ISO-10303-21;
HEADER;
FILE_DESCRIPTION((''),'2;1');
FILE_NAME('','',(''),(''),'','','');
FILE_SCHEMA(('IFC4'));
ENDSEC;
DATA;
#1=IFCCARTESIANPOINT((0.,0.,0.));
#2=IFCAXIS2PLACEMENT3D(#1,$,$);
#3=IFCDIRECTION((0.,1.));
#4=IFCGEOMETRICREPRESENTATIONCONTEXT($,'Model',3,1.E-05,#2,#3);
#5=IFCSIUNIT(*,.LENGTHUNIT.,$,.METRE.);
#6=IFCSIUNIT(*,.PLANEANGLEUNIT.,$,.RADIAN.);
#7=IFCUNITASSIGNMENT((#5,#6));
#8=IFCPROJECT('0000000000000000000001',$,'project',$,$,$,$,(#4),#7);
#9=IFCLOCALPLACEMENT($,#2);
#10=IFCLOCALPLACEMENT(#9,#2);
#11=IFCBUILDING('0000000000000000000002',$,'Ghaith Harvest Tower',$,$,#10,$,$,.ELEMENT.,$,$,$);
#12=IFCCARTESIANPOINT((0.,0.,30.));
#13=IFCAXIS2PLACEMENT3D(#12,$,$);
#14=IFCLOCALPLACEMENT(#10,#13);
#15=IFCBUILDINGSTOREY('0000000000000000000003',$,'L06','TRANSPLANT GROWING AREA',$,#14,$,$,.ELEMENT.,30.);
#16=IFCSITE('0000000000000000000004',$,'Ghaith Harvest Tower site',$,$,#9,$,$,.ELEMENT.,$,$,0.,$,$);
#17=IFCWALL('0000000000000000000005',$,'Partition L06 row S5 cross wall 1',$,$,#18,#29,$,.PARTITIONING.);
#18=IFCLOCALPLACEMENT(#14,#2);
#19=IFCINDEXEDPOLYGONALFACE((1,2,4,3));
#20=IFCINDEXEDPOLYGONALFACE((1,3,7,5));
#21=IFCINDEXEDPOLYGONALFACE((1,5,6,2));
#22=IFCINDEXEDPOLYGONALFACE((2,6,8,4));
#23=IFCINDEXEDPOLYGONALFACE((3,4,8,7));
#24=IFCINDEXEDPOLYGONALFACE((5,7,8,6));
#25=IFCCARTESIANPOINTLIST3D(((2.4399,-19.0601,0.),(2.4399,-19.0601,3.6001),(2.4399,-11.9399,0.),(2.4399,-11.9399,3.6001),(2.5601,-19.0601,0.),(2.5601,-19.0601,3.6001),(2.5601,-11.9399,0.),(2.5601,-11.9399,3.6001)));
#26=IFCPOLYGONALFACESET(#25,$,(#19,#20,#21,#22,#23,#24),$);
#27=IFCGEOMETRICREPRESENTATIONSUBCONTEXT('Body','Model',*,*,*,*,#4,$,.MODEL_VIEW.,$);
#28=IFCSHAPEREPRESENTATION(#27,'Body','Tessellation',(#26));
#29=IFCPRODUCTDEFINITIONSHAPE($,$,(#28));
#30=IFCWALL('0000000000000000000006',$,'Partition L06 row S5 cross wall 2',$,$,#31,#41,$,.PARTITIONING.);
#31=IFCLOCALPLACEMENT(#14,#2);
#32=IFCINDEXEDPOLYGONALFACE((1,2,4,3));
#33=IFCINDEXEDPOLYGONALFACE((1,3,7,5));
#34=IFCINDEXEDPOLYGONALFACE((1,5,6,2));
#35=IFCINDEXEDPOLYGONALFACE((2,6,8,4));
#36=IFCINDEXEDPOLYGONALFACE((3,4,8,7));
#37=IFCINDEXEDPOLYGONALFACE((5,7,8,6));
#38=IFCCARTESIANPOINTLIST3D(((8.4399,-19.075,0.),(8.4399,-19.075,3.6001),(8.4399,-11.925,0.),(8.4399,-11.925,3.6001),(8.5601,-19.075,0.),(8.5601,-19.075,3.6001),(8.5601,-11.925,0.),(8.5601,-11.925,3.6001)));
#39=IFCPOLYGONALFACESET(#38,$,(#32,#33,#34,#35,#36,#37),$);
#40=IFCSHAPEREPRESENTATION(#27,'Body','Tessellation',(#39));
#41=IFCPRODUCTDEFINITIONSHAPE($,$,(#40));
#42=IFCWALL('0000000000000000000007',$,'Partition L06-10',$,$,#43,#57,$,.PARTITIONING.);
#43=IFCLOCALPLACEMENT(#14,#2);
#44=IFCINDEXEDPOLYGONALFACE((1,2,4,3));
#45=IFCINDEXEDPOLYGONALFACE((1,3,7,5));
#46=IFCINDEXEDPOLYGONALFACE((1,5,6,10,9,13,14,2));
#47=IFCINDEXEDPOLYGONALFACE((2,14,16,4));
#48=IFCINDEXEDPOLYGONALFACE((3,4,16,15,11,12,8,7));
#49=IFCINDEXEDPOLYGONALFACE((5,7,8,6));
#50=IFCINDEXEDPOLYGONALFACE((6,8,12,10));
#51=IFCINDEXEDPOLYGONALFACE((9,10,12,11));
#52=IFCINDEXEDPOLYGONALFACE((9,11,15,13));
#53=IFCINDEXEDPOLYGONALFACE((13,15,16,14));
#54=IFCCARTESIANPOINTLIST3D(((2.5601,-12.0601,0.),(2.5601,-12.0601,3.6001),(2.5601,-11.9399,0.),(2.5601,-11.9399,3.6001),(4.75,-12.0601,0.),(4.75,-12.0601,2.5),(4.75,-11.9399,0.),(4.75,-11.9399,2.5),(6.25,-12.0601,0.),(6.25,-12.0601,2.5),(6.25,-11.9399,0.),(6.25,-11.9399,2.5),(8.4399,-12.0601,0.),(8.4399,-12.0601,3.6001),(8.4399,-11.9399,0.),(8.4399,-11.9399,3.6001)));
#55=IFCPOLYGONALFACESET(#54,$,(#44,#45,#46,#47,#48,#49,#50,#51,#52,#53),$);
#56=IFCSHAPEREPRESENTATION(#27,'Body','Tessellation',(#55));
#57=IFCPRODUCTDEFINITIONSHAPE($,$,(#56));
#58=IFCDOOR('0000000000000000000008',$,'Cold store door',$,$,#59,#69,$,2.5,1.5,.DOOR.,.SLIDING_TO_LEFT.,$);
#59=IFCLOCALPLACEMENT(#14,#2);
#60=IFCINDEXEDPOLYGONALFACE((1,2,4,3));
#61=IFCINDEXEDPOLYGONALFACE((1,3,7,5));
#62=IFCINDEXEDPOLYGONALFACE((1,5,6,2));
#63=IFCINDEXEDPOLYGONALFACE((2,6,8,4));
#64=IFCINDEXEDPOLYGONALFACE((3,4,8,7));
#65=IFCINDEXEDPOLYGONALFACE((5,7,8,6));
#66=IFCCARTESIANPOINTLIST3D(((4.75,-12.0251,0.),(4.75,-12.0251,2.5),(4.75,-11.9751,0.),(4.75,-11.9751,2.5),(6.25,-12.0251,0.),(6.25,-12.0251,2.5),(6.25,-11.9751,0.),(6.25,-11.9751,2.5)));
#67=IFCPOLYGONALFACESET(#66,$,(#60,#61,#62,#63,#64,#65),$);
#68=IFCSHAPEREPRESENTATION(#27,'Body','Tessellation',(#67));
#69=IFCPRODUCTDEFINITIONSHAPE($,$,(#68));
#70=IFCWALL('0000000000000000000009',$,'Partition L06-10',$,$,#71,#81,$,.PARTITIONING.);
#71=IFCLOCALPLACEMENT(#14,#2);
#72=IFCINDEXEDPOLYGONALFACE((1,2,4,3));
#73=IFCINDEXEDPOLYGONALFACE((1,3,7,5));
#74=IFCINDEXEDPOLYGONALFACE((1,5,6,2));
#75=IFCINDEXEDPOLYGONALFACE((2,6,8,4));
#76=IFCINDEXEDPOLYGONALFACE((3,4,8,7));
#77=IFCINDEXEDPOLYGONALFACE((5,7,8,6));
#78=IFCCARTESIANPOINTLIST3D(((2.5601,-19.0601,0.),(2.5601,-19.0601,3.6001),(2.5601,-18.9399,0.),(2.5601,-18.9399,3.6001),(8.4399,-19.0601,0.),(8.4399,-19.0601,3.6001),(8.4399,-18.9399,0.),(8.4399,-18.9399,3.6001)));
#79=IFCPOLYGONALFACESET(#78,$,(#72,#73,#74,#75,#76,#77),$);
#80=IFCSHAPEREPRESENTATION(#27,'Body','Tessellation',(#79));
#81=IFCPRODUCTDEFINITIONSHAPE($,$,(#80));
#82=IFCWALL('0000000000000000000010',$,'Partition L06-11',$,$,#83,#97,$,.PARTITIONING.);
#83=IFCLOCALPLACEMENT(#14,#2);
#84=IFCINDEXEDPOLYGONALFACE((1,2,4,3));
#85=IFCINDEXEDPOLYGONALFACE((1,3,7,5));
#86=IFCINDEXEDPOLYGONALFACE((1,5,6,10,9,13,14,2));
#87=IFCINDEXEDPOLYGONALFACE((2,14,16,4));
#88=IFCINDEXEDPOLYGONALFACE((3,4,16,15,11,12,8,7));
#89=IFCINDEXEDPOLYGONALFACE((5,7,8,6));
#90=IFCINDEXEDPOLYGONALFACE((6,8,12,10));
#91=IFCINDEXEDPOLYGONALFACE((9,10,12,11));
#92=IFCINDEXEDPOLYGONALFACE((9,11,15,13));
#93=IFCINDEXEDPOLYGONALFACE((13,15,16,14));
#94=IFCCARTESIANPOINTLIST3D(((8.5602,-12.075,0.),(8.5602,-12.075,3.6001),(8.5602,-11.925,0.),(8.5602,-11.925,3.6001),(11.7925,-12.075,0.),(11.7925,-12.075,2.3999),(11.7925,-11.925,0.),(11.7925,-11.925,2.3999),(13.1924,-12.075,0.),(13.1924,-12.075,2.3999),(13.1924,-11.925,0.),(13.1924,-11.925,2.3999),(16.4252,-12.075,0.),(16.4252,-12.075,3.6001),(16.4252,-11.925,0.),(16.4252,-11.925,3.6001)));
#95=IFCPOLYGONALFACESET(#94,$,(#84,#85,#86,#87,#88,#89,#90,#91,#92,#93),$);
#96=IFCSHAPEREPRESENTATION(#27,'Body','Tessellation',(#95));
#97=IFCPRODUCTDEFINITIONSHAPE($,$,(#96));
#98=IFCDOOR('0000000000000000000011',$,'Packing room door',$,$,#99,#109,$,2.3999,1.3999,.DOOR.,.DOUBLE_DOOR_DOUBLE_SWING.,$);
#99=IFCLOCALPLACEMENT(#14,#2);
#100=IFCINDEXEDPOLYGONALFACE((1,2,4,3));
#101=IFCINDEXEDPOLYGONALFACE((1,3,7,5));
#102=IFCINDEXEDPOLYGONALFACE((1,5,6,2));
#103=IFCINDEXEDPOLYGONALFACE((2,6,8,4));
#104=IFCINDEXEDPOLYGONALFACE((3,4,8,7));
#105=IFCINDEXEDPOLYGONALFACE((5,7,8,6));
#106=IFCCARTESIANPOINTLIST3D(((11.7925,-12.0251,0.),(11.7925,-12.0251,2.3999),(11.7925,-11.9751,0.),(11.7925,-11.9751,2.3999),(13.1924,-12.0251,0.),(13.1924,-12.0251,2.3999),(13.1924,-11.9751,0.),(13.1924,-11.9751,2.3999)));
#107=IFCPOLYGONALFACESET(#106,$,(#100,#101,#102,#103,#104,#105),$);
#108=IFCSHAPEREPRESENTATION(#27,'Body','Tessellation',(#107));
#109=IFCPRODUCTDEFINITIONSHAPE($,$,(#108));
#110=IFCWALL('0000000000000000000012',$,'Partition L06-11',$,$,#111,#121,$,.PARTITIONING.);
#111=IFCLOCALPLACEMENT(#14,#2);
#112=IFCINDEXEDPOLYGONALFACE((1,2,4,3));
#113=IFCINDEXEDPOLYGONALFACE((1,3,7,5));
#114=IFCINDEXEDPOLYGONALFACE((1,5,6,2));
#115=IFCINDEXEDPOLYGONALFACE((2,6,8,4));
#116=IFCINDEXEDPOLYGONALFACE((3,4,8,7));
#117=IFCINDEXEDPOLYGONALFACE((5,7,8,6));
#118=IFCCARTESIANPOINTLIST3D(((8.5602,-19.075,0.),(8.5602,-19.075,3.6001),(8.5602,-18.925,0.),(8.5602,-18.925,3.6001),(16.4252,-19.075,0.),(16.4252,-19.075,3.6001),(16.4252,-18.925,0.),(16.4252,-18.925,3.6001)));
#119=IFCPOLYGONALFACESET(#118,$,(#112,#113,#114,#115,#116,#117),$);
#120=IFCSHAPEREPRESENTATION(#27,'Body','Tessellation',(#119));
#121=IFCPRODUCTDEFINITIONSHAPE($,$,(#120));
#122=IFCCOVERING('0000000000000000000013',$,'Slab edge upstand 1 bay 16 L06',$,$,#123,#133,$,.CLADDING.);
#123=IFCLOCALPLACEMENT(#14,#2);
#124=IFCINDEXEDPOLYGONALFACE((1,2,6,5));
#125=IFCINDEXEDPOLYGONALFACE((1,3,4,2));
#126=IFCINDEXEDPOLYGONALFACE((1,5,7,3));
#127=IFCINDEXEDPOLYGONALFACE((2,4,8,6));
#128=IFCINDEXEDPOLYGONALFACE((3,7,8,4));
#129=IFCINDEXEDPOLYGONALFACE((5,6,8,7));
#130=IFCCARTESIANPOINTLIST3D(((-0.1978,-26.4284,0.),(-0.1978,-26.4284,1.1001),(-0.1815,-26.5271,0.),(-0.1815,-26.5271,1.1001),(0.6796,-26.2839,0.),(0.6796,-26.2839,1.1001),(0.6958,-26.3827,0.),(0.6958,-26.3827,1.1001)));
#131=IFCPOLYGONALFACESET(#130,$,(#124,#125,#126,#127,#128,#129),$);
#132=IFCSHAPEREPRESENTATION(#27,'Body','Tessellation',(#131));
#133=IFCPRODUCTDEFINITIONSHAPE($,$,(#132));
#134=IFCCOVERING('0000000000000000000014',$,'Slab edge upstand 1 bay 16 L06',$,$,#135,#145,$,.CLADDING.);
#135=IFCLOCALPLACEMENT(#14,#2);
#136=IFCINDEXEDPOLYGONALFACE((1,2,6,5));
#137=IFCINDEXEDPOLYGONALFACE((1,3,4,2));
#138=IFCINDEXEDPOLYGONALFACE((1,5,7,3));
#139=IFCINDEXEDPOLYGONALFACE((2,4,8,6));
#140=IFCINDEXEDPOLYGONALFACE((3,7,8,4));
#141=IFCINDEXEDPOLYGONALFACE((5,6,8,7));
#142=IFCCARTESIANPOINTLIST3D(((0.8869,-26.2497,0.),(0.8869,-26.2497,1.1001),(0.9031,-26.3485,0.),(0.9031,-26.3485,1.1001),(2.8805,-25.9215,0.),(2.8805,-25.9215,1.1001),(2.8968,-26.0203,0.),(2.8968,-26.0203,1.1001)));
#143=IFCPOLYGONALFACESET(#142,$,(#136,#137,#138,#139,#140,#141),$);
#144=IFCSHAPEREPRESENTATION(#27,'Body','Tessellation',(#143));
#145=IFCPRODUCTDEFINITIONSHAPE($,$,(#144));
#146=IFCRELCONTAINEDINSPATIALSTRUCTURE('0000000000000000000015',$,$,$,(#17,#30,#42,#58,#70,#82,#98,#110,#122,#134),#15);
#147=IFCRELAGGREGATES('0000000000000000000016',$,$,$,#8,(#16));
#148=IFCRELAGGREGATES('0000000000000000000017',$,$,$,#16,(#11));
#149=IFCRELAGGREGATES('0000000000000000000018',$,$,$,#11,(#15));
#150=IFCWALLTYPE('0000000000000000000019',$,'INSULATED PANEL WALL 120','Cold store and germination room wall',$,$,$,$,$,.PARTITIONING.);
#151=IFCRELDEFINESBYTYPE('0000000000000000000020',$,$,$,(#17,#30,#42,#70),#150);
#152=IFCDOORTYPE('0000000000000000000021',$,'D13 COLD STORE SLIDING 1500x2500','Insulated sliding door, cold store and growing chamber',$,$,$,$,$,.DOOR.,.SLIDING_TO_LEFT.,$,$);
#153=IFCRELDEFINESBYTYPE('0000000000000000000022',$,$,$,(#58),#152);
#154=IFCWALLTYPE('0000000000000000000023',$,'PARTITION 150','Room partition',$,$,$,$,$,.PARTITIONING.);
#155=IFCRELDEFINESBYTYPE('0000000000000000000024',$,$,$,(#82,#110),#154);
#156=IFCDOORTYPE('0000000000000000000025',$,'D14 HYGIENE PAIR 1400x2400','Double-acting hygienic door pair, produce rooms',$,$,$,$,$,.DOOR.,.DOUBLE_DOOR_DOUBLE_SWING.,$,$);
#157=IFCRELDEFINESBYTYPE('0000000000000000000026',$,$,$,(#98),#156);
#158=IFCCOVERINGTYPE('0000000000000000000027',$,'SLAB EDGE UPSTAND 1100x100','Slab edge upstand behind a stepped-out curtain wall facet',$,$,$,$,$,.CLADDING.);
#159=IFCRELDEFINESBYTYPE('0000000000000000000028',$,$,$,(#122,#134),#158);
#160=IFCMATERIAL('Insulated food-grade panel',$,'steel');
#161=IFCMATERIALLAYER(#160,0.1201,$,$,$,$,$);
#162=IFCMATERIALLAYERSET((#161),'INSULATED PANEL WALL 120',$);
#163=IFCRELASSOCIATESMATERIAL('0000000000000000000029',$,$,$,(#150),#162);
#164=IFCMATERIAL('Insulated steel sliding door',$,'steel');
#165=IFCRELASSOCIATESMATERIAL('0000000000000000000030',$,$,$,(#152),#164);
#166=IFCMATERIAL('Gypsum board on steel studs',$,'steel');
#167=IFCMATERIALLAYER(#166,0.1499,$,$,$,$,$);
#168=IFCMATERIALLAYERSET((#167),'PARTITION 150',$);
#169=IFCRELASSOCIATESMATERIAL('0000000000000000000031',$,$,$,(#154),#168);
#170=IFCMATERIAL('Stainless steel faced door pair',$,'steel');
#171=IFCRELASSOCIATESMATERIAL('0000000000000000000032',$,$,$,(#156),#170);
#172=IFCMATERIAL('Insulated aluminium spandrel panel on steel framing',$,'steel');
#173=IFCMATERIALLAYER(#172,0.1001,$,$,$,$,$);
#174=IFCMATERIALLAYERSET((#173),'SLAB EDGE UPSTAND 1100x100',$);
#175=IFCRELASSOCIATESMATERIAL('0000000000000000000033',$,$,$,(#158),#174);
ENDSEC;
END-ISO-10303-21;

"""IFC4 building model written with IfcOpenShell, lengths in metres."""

from ifc_helpers import new_model, si_unit, direction, frame, frame_2d, origin, origin_2d, place, context, subcontext, project, spatial, rectangle, extrude, material, layer, layer_set, type_object, element, fill, save


model = new_model("IFC4")

# Units and contexts
model_context = context("Model", 3, precision=1e-05, world=origin(), true_north=direction((0.0, 1.0)))
body_context = subcontext(model_context, "Body", "Model", "MODEL_VIEW")
ifc_project = project(units=[si_unit("LENGTHUNIT", "METRE"), si_unit("PLANEANGLEUNIT", "RADIAN")], contexts=[model_context])

# Site, building, storey
site_placement = place(None, origin())
site = spatial("IfcSite", under=ifc_project, at=site_placement, Name="Ghaith Harvest Tower site", CompositionType="ELEMENT", RefElevation=0.0)
building_placement = place(site_placement, origin())
building = spatial("IfcBuilding", under=site, at=building_placement, Name="Ghaith Harvest Tower", CompositionType="ELEMENT")
storey_placement = place(building_placement, frame((0.0, 0.0, 30.0)))
storey = spatial("IfcBuildingStorey", under=building, at=storey_placement, Name="L06", Description="TRANSPLANT GROWING AREA", CompositionType="ELEMENT", Elevation=30.0)

# Walls
ifc_material_1 = material(Name="Insulated food-grade panel", Category="steel")
ifc_layer_1 = layer(ifc_material_1, 0.1201)
ifc_layer_set_1 = layer_set([ifc_layer_1], Name="INSULATED PANEL WALL 120")
wall_type_1 = type_object("IfcWallType", Name="INSULATED PANEL WALL 120", Description="Cold store and germination room wall", PredefinedType="PARTITIONING", material=ifc_layer_set_1)
wall_1_placement = place(storey_placement, frame((2.5, -11.9399, 0.0), z_axis=(0.0, 0.0, 1.0), x_axis=(0.0, -1.0, 0.0)))
element("IfcWall", 1, at=wall_1_placement, inside=storey, type_object=wall_type_1, Name="Partition L06 row S5 cross wall 1", PredefinedType="PARTITIONING", context=body_context, shape_type="SweptSolid", body=[
    extrude(rectangle(XDim=7.1201, YDim=0.1201, at=frame_2d((3.5601, 0.0))), origin(), (0.0, 0.0, 1.0), 3.6001),
])
wall_2_placement = place(storey_placement, frame((8.5, -11.925, 0.0), z_axis=(0.0, 0.0, 1.0), x_axis=(0.0, -1.0, 0.0)))
element("IfcWall", 2, at=wall_2_placement, inside=storey, type_object=wall_type_1, Name="Partition L06 row S5 cross wall 2", PredefinedType="PARTITIONING", context=body_context, shape_type="SweptSolid", body=[
    extrude(rectangle(XDim=7.1499, YDim=0.1201, at=frame_2d((3.575, 0.0))), origin(), (0.0, 0.0, 1.0), 3.6001),
])

# Wall, opening, door
wall_3_placement = place(storey_placement, frame((2.5601, -12.0, 0.0), z_axis=(0.0, 0.0, 1.0), x_axis=(1.0, 0.0, 0.0)))
wall_3 = element("IfcWall", 3, at=wall_3_placement, inside=storey, type_object=wall_type_1, Name="Partition L06-10", PredefinedType="PARTITIONING", context=body_context, shape_type="SweptSolid", body=[
    extrude(rectangle(XDim=5.8799, YDim=0.1201, at=frame_2d((2.9399, 0.0))), origin(), (0.0, 0.0, 1.0), 3.6001),
])
opening_1_placement = place(wall_3_placement, frame((2.1899, 0.0, 0.0)))
opening_1 = element("IfcOpeningElement", 4, at=opening_1_placement, cuts=wall_3, PredefinedType="OPENING", context=body_context, shape_type="SweptSolid", body=[
    extrude(rectangle(XDim=1.5, YDim=2.5, at=frame_2d((0.75, 1.25))), frame((0.0, 0.0701, 0.0), z_axis=(0.0, -1.0, 0.0), x_axis=(1.0, 0.0, 0.0)), (0.0, 0.0, 1.0), 0.1401),
])
ifc_material_2 = material(Name="Insulated steel sliding door", Category="steel")
door_type_1 = type_object("IfcDoorType", Name="D13 COLD STORE SLIDING 1500x2500", Description="Insulated sliding door, cold store and growing chamber", OperationType="SLIDING_TO_LEFT", PredefinedType="DOOR", material=ifc_material_2)
door_1_placement = place(opening_1_placement, origin())
door_1 = element("IfcDoor", 5, at=door_1_placement, inside=storey, type_object=door_type_1, Name="Cold store door", OperationType="SLIDING_TO_LEFT", OverallHeight=2.5, OverallWidth=1.5, PredefinedType="DOOR", context=body_context, shape_type="SweptSolid", body=[
    extrude(rectangle(XDim=1.5, YDim=2.5, at=frame_2d((0.75, 1.25))), frame((0.0, 0.0249, 0.0), z_axis=(0.0, -1.0, 0.0), x_axis=(1.0, 0.0, 0.0)), (0.0, 0.0, 1.0), 0.05),
])
fill(opening_1, door_1)

# Wall
wall_4_placement = place(storey_placement, frame((2.5601, -19.0, 0.0), z_axis=(0.0, 0.0, 1.0), x_axis=(1.0, 0.0, 0.0)))
element("IfcWall", 6, at=wall_4_placement, inside=storey, type_object=wall_type_1, Name="Partition L06-10", PredefinedType="PARTITIONING", context=body_context, shape_type="SweptSolid", body=[
    extrude(rectangle(XDim=5.8799, YDim=0.1201, at=frame_2d((2.9399, 0.0))), origin(), (0.0, 0.0, 1.0), 3.6001),
])

# Wall, opening, door
ifc_material_3 = material(Name="Gypsum board on steel studs", Category="steel")
ifc_layer_2 = layer(ifc_material_3, 0.1499)
ifc_layer_set_2 = layer_set([ifc_layer_2], Name="PARTITION 150")
wall_type_2 = type_object("IfcWallType", Name="PARTITION 150", Description="Room partition", PredefinedType="PARTITIONING", material=ifc_layer_set_2)
wall_5_placement = place(storey_placement, frame((8.5601, -12.0, 0.0), z_axis=(0.0, 0.0, 1.0), x_axis=(1.0, 0.0, 0.0)))
wall_5 = element("IfcWall", 7, at=wall_5_placement, inside=storey, type_object=wall_type_2, Name="Partition L06-11", PredefinedType="PARTITIONING", context=body_context, shape_type="SweptSolid", body=[
    extrude(rectangle(XDim=7.865, YDim=0.1499, at=frame_2d((3.9326, 0.0))), origin(), (0.0, 0.0, 1.0), 3.6001),
])
opening_2_placement = place(wall_5_placement, frame((3.2324, 0.0, 0.0)))
opening_2 = element("IfcOpeningElement", 8, at=opening_2_placement, cuts=wall_5, PredefinedType="OPENING", context=body_context, shape_type="SweptSolid", body=[
    extrude(rectangle(XDim=1.3999, YDim=2.3999, at=frame_2d((0.7, 1.2))), frame((0.0, 0.085, 0.0), z_axis=(0.0, -1.0, 0.0), x_axis=(1.0, 0.0, 0.0)), (0.0, 0.0, 1.0), 0.1699),
])
ifc_material_4 = material(Name="Stainless steel faced door pair", Category="steel")
door_type_2 = type_object("IfcDoorType", Name="D14 HYGIENE PAIR 1400x2400", Description="Double-acting hygienic door pair, produce rooms", OperationType="DOUBLE_DOOR_DOUBLE_SWING", PredefinedType="DOOR", material=ifc_material_4)
door_2_placement = place(opening_2_placement, origin())
door_2 = element("IfcDoor", 9, at=door_2_placement, inside=storey, type_object=door_type_2, Name="Packing room door", OperationType="DOUBLE_DOOR_DOUBLE_SWING", OverallHeight=2.3999, OverallWidth=1.3999, PredefinedType="DOOR", context=body_context, shape_type="SweptSolid", body=[
    extrude(rectangle(XDim=1.3999, YDim=2.3999, at=frame_2d((0.7, 1.2))), frame((0.0, 0.0249, 0.0), z_axis=(0.0, -1.0, 0.0), x_axis=(1.0, 0.0, 0.0)), (0.0, 0.0, 1.0), 0.05),
])
fill(opening_2, door_2)

# Wall
wall_6_placement = place(storey_placement, frame((8.5601, -19.0, 0.0), z_axis=(0.0, 0.0, 1.0), x_axis=(1.0, 0.0, 0.0)))
element("IfcWall", 10, at=wall_6_placement, inside=storey, type_object=wall_type_2, Name="Partition L06-11", PredefinedType="PARTITIONING", context=body_context, shape_type="SweptSolid", body=[
    extrude(rectangle(XDim=7.865, YDim=0.1499, at=frame_2d((3.9326, 0.0))), origin(), (0.0, 0.0, 1.0), 3.6001),
])

# Coverings
ifc_material_5 = material(Name="Insulated aluminium spandrel panel on steel framing", Category="steel")
ifc_layer_3 = layer(ifc_material_5, 0.1001)
ifc_layer_set_3 = layer_set([ifc_layer_3], Name="SLAB EDGE UPSTAND 1100x100")
covering_type = type_object("IfcCoveringType", Name="SLAB EDGE UPSTAND 1100x100", Description="Slab edge upstand behind a stepped-out curtain wall facet", PredefinedType="CLADDING", material=ifc_layer_set_3)
covering_1_placement = place(storey_placement, frame((0.249, -26.4055, 0.0), z_axis=(0.0, 0.0, 1.0), x_axis=(0.986716, 0.162453, 0.0)))
element("IfcCovering", 11, at=covering_1_placement, inside=storey, type_object=covering_type, Name="Slab edge upstand 1 bay 16 L06", PredefinedType="CLADDING", context=body_context, shape_type="SweptSolid", body=[
    extrude(rectangle(XDim=0.8892, YDim=0.1001, at=origin_2d()), origin(), (0.0, 0.0, 1.0), 1.1001),
])
covering_2_placement = place(storey_placement, frame((1.8918, -26.135, 0.0), z_axis=(0.0, 0.0, 1.0), x_axis=(0.986716, 0.162453, 0.0)))
element("IfcCovering", 12, at=covering_2_placement, inside=storey, type_object=covering_type, Name="Slab edge upstand 1 bay 16 L06", PredefinedType="CLADDING", context=body_context, shape_type="SweptSolid", body=[
    extrude(rectangle(XDim=2.0205, YDim=0.1001, at=origin_2d()), origin(), (0.0, 0.0, 1.0), 1.1001),
])

save(model, "model.ifc")
